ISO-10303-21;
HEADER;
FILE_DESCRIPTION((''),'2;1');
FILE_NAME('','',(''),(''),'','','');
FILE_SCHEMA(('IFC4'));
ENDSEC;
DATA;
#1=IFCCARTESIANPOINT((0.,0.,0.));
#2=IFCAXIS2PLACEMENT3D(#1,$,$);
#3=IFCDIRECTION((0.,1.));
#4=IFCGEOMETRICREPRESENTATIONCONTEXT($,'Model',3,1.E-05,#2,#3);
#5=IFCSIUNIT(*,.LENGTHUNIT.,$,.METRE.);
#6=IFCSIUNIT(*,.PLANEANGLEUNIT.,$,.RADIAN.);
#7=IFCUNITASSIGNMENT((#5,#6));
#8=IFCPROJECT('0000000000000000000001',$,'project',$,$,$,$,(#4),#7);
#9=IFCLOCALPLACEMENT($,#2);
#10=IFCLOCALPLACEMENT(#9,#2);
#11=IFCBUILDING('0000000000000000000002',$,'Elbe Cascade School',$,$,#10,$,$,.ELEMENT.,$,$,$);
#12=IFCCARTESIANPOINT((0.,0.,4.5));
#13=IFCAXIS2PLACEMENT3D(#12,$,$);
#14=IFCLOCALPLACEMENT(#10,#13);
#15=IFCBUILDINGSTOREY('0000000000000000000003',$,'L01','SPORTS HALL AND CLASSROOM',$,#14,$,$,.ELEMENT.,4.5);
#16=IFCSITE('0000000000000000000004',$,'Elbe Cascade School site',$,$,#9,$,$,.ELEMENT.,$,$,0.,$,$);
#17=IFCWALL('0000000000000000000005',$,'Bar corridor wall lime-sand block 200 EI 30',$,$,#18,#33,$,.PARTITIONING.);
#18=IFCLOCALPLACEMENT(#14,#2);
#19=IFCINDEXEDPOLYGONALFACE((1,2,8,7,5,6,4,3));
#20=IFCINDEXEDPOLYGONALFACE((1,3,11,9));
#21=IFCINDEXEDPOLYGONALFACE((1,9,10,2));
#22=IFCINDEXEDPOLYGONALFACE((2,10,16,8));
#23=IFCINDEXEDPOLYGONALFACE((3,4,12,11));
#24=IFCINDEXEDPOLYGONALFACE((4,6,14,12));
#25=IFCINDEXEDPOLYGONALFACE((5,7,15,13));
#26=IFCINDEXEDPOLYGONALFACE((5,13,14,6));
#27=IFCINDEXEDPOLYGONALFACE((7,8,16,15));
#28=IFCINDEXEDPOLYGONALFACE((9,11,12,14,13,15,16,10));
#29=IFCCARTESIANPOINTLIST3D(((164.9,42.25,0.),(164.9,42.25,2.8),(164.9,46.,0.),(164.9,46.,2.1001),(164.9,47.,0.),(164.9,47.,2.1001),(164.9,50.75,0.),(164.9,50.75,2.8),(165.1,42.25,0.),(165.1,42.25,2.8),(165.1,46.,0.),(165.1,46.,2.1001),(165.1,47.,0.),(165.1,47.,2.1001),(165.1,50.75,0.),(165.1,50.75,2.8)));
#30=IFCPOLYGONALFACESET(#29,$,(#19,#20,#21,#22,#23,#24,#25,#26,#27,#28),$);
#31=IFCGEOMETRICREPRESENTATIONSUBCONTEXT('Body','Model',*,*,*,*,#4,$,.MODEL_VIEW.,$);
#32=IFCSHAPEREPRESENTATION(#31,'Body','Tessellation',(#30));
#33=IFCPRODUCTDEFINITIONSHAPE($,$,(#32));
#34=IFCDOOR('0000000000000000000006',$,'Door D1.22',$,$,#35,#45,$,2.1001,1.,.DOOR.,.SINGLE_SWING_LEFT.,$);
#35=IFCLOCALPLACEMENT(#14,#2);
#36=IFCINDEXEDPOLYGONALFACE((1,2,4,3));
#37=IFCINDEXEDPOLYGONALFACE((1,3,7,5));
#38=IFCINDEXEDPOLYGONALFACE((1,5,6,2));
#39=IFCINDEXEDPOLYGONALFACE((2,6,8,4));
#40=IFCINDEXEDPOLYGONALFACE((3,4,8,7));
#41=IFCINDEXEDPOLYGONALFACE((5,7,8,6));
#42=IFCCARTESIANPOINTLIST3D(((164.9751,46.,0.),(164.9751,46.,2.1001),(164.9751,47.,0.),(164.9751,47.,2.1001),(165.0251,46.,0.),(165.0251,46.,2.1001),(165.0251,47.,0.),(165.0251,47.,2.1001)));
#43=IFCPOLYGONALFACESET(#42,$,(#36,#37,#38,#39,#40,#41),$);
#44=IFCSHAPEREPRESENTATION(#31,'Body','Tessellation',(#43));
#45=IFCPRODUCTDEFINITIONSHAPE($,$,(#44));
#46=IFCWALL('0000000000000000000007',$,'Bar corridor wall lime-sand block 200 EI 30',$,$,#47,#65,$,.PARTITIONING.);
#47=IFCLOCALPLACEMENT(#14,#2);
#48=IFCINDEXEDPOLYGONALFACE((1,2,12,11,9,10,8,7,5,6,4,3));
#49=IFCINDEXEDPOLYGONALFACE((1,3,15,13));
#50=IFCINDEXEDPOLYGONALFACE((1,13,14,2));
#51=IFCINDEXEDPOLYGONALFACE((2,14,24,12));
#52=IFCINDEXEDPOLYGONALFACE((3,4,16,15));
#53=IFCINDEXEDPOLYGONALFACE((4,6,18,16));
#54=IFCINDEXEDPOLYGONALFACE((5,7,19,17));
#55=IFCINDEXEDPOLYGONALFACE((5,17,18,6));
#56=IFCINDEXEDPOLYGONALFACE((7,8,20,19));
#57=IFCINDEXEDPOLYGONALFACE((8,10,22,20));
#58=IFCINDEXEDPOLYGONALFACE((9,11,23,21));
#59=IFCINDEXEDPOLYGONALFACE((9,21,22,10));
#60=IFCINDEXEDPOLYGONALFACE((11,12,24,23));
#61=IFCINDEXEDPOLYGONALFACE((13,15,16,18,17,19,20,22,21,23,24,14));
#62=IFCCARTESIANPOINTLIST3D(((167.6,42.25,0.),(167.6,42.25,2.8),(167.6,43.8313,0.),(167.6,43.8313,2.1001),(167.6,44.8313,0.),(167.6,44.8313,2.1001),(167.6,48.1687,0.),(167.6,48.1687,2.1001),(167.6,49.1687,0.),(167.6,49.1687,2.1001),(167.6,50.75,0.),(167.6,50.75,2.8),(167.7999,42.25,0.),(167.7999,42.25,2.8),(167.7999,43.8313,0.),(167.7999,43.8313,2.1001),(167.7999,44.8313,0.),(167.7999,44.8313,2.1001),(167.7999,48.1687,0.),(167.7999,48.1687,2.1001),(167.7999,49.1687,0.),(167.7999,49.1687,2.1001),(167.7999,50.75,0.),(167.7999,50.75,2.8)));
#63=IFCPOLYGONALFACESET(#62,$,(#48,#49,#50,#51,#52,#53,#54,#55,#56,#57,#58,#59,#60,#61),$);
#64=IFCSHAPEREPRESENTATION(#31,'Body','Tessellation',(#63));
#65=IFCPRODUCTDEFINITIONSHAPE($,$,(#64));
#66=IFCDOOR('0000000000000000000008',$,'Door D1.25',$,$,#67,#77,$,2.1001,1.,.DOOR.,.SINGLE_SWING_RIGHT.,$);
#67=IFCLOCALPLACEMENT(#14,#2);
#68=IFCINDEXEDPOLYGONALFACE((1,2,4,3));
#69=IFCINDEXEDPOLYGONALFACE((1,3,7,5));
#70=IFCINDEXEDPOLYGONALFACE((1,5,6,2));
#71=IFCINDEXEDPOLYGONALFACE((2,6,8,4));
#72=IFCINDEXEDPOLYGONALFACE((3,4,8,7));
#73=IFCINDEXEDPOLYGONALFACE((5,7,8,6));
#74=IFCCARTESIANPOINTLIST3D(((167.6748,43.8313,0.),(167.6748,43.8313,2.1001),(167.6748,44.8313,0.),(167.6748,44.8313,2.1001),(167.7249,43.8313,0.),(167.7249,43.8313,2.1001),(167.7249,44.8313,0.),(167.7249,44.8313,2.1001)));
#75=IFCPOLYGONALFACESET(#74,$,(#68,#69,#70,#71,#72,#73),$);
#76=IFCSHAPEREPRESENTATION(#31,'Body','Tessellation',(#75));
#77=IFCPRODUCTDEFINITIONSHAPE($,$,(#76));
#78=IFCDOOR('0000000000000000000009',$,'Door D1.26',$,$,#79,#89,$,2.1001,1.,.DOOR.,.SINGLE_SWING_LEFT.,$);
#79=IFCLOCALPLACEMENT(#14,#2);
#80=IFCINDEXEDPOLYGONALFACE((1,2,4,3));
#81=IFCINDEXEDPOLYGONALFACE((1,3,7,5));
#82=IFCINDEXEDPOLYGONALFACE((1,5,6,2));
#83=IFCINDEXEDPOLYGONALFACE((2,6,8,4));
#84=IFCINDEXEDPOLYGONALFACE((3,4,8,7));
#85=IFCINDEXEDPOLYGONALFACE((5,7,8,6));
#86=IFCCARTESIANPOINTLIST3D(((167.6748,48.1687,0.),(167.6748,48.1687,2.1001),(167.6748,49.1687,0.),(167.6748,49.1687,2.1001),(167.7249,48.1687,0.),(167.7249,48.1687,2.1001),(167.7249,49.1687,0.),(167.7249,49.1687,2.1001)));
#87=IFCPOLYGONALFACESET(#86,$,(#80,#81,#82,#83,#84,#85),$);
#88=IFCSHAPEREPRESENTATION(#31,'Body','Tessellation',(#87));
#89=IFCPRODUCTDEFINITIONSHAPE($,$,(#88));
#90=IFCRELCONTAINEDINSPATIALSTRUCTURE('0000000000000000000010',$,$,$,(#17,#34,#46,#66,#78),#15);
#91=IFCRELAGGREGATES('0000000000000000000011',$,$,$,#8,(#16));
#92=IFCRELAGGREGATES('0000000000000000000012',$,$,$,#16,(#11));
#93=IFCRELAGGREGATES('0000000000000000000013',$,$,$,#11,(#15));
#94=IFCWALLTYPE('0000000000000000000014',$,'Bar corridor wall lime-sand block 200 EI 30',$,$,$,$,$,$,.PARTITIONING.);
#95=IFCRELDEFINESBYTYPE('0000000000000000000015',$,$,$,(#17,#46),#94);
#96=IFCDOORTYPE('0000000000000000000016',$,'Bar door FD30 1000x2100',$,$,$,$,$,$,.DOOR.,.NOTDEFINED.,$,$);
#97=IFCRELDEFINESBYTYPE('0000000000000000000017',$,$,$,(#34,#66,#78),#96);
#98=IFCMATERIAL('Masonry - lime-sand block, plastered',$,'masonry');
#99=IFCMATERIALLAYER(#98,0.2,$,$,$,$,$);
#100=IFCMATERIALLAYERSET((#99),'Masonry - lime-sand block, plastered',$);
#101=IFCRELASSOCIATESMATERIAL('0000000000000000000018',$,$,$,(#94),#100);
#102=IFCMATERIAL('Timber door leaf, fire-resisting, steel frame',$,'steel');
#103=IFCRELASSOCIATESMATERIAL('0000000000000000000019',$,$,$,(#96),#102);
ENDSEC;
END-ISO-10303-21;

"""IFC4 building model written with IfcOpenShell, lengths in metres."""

from ifc_helpers import new_model, si_unit, direction, frame, frame_2d, origin, place, context, subcontext, project, spatial, rectangle, extrude, material, layer, layer_set, type_object, element, fill, save


model = new_model("IFC4")

# Units and contexts
model_context = context("Model", 3, precision=1e-05, world=origin(), true_north=direction((0.0, 1.0)))
body_context = subcontext(model_context, "Body", "Model", "MODEL_VIEW")
ifc_project = project(units=[si_unit("LENGTHUNIT", "METRE"), si_unit("PLANEANGLEUNIT", "RADIAN")], contexts=[model_context])

# Site, building, storey
site_placement = place(None, origin())
site = spatial("IfcSite", under=ifc_project, at=site_placement, Name="Elbe Cascade School site", CompositionType="ELEMENT", RefElevation=0.0)
building_placement = place(site_placement, origin())
building = spatial("IfcBuilding", under=site, at=building_placement, Name="Elbe Cascade School", CompositionType="ELEMENT")
storey_placement = place(building_placement, frame((0.0, 0.0, 4.5)))
storey = spatial("IfcBuildingStorey", under=building, at=storey_placement, Name="L01", Description="SPORTS HALL AND CLASSROOM", CompositionType="ELEMENT", Elevation=4.5)

# Wall, opening, door
ifc_material_1 = material(Name="Masonry - lime-sand block, plastered", Category="masonry")
ifc_layer_1 = layer(ifc_material_1, 0.2)
ifc_layer_set_1 = layer_set([ifc_layer_1], Name="Masonry - lime-sand block, plastered")
wall_type_1 = type_object("IfcWallType", Name="Bar corridor wall lime-sand block 200 EI 30", PredefinedType="PARTITIONING", material=ifc_layer_set_1)
wall_1_placement = place(storey_placement, frame((165.0, 42.25, 0.0), z_axis=(0.0, 0.0, 1.0), x_axis=(0.0, 1.0, 0.0)))
wall_1 = element("IfcWall", 1, at=wall_1_placement, inside=storey, type_object=wall_type_1, Name="Bar corridor wall lime-sand block 200 EI 30", PredefinedType="PARTITIONING", context=body_context, shape_type="SweptSolid", body=[
    extrude(rectangle(XDim=8.5, YDim=0.2, at=frame_2d((4.25, 0.0))), origin(), (0.0, 0.0, 1.0), 2.8),
])
opening_1_placement = place(wall_1_placement, frame((3.75, 0.0, 0.0)))
opening_1 = element("IfcOpeningElement", 2, at=opening_1_placement, cuts=wall_1, PredefinedType="OPENING", context=body_context, shape_type="SweptSolid", body=[
    extrude(rectangle(XDim=1.0, YDim=2.1001, at=frame_2d((0.5, 1.05))), frame((0.0, 0.1099, 0.0), z_axis=(0.0, -1.0, 0.0), x_axis=(1.0, 0.0, 0.0)), (0.0, 0.0, 1.0), 0.22),
])
ifc_material_2 = material(Name="Timber door leaf, fire-resisting, steel frame", Category="steel")
door_type = type_object("IfcDoorType", Name="Bar door FD30 1000x2100", OperationType="NOTDEFINED", PredefinedType="DOOR", material=ifc_material_2)
door_1_placement = place(opening_1_placement, origin())
door_1 = element("IfcDoor", 3, at=door_1_placement, inside=storey, type_object=door_type, Name="Door D1.22", OperationType="SINGLE_SWING_LEFT", OverallHeight=2.1001, OverallWidth=1.0, PredefinedType="DOOR", context=body_context, shape_type="SweptSolid", body=[
    extrude(rectangle(XDim=1.0, YDim=2.1001, at=frame_2d((0.5, 1.05))), frame((0.0, 0.0249, 0.0), z_axis=(0.0, -1.0, 0.0), x_axis=(1.0, 0.0, 0.0)), (0.0, 0.0, 1.0), 0.05),
])
fill(opening_1, door_1)

# Wall, openings, doors
wall_2_placement = place(storey_placement, frame((167.7, 50.75, 0.0), z_axis=(0.0, 0.0, 1.0), x_axis=(0.0, -1.0, 0.0)))
wall_2 = element("IfcWall", 4, at=wall_2_placement, inside=storey, type_object=wall_type_1, Name="Bar corridor wall lime-sand block 200 EI 30", PredefinedType="PARTITIONING", context=body_context, shape_type="SweptSolid", body=[
    extrude(rectangle(XDim=8.5, YDim=0.2, at=frame_2d((4.25, 0.0))), origin(), (0.0, 0.0, 1.0), 2.8),
])
opening_2_placement = place(wall_2_placement, frame((5.9187, 0.0, 0.0)))
opening_2 = element("IfcOpeningElement", 5, at=opening_2_placement, cuts=wall_2, PredefinedType="OPENING", context=body_context, shape_type="SweptSolid", body=[
    extrude(rectangle(XDim=1.0, YDim=2.1001, at=frame_2d((0.5, 1.05))), frame((0.0, 0.1099, 0.0), z_axis=(0.0, -1.0, 0.0), x_axis=(1.0, 0.0, 0.0)), (0.0, 0.0, 1.0), 0.22),
])
opening_3_placement = place(wall_2_placement, frame((1.5813, 0.0, 0.0)))
opening_3 = element("IfcOpeningElement", 6, at=opening_3_placement, cuts=wall_2, PredefinedType="OPENING", context=body_context, shape_type="SweptSolid", body=[
    extrude(rectangle(XDim=1.0, YDim=2.1001, at=frame_2d((0.5, 1.05))), frame((0.0, 0.1099, 0.0), z_axis=(0.0, -1.0, 0.0), x_axis=(1.0, 0.0, 0.0)), (0.0, 0.0, 1.0), 0.22),
])
door_2_placement = place(opening_2_placement, origin())
door_2 = element("IfcDoor", 7, at=door_2_placement, inside=storey, type_object=door_type, Name="Door D1.25", OperationType="SINGLE_SWING_RIGHT", OverallHeight=2.1001, OverallWidth=1.0, PredefinedType="DOOR", context=body_context, shape_type="SweptSolid", body=[
    extrude(rectangle(XDim=1.0, YDim=2.1001, at=frame_2d((0.5, 1.05))), frame((0.0, 0.0249, 0.0), z_axis=(0.0, -1.0, 0.0), x_axis=(1.0, 0.0, 0.0)), (0.0, 0.0, 1.0), 0.05),
])
fill(opening_2, door_2)
door_3_placement = place(opening_3_placement, origin())
door_3 = element("IfcDoor", 8, at=door_3_placement, inside=storey, type_object=door_type, Name="Door D1.26", OperationType="SINGLE_SWING_LEFT", OverallHeight=2.1001, OverallWidth=1.0, PredefinedType="DOOR", context=body_context, shape_type="SweptSolid", body=[
    extrude(rectangle(XDim=1.0, YDim=2.1001, at=frame_2d((0.5, 1.05))), frame((0.0, 0.0249, 0.0), z_axis=(0.0, -1.0, 0.0), x_axis=(1.0, 0.0, 0.0)), (0.0, 0.0, 1.0), 0.05),
])
fill(opening_3, door_3)

save(model, "model.ifc")
